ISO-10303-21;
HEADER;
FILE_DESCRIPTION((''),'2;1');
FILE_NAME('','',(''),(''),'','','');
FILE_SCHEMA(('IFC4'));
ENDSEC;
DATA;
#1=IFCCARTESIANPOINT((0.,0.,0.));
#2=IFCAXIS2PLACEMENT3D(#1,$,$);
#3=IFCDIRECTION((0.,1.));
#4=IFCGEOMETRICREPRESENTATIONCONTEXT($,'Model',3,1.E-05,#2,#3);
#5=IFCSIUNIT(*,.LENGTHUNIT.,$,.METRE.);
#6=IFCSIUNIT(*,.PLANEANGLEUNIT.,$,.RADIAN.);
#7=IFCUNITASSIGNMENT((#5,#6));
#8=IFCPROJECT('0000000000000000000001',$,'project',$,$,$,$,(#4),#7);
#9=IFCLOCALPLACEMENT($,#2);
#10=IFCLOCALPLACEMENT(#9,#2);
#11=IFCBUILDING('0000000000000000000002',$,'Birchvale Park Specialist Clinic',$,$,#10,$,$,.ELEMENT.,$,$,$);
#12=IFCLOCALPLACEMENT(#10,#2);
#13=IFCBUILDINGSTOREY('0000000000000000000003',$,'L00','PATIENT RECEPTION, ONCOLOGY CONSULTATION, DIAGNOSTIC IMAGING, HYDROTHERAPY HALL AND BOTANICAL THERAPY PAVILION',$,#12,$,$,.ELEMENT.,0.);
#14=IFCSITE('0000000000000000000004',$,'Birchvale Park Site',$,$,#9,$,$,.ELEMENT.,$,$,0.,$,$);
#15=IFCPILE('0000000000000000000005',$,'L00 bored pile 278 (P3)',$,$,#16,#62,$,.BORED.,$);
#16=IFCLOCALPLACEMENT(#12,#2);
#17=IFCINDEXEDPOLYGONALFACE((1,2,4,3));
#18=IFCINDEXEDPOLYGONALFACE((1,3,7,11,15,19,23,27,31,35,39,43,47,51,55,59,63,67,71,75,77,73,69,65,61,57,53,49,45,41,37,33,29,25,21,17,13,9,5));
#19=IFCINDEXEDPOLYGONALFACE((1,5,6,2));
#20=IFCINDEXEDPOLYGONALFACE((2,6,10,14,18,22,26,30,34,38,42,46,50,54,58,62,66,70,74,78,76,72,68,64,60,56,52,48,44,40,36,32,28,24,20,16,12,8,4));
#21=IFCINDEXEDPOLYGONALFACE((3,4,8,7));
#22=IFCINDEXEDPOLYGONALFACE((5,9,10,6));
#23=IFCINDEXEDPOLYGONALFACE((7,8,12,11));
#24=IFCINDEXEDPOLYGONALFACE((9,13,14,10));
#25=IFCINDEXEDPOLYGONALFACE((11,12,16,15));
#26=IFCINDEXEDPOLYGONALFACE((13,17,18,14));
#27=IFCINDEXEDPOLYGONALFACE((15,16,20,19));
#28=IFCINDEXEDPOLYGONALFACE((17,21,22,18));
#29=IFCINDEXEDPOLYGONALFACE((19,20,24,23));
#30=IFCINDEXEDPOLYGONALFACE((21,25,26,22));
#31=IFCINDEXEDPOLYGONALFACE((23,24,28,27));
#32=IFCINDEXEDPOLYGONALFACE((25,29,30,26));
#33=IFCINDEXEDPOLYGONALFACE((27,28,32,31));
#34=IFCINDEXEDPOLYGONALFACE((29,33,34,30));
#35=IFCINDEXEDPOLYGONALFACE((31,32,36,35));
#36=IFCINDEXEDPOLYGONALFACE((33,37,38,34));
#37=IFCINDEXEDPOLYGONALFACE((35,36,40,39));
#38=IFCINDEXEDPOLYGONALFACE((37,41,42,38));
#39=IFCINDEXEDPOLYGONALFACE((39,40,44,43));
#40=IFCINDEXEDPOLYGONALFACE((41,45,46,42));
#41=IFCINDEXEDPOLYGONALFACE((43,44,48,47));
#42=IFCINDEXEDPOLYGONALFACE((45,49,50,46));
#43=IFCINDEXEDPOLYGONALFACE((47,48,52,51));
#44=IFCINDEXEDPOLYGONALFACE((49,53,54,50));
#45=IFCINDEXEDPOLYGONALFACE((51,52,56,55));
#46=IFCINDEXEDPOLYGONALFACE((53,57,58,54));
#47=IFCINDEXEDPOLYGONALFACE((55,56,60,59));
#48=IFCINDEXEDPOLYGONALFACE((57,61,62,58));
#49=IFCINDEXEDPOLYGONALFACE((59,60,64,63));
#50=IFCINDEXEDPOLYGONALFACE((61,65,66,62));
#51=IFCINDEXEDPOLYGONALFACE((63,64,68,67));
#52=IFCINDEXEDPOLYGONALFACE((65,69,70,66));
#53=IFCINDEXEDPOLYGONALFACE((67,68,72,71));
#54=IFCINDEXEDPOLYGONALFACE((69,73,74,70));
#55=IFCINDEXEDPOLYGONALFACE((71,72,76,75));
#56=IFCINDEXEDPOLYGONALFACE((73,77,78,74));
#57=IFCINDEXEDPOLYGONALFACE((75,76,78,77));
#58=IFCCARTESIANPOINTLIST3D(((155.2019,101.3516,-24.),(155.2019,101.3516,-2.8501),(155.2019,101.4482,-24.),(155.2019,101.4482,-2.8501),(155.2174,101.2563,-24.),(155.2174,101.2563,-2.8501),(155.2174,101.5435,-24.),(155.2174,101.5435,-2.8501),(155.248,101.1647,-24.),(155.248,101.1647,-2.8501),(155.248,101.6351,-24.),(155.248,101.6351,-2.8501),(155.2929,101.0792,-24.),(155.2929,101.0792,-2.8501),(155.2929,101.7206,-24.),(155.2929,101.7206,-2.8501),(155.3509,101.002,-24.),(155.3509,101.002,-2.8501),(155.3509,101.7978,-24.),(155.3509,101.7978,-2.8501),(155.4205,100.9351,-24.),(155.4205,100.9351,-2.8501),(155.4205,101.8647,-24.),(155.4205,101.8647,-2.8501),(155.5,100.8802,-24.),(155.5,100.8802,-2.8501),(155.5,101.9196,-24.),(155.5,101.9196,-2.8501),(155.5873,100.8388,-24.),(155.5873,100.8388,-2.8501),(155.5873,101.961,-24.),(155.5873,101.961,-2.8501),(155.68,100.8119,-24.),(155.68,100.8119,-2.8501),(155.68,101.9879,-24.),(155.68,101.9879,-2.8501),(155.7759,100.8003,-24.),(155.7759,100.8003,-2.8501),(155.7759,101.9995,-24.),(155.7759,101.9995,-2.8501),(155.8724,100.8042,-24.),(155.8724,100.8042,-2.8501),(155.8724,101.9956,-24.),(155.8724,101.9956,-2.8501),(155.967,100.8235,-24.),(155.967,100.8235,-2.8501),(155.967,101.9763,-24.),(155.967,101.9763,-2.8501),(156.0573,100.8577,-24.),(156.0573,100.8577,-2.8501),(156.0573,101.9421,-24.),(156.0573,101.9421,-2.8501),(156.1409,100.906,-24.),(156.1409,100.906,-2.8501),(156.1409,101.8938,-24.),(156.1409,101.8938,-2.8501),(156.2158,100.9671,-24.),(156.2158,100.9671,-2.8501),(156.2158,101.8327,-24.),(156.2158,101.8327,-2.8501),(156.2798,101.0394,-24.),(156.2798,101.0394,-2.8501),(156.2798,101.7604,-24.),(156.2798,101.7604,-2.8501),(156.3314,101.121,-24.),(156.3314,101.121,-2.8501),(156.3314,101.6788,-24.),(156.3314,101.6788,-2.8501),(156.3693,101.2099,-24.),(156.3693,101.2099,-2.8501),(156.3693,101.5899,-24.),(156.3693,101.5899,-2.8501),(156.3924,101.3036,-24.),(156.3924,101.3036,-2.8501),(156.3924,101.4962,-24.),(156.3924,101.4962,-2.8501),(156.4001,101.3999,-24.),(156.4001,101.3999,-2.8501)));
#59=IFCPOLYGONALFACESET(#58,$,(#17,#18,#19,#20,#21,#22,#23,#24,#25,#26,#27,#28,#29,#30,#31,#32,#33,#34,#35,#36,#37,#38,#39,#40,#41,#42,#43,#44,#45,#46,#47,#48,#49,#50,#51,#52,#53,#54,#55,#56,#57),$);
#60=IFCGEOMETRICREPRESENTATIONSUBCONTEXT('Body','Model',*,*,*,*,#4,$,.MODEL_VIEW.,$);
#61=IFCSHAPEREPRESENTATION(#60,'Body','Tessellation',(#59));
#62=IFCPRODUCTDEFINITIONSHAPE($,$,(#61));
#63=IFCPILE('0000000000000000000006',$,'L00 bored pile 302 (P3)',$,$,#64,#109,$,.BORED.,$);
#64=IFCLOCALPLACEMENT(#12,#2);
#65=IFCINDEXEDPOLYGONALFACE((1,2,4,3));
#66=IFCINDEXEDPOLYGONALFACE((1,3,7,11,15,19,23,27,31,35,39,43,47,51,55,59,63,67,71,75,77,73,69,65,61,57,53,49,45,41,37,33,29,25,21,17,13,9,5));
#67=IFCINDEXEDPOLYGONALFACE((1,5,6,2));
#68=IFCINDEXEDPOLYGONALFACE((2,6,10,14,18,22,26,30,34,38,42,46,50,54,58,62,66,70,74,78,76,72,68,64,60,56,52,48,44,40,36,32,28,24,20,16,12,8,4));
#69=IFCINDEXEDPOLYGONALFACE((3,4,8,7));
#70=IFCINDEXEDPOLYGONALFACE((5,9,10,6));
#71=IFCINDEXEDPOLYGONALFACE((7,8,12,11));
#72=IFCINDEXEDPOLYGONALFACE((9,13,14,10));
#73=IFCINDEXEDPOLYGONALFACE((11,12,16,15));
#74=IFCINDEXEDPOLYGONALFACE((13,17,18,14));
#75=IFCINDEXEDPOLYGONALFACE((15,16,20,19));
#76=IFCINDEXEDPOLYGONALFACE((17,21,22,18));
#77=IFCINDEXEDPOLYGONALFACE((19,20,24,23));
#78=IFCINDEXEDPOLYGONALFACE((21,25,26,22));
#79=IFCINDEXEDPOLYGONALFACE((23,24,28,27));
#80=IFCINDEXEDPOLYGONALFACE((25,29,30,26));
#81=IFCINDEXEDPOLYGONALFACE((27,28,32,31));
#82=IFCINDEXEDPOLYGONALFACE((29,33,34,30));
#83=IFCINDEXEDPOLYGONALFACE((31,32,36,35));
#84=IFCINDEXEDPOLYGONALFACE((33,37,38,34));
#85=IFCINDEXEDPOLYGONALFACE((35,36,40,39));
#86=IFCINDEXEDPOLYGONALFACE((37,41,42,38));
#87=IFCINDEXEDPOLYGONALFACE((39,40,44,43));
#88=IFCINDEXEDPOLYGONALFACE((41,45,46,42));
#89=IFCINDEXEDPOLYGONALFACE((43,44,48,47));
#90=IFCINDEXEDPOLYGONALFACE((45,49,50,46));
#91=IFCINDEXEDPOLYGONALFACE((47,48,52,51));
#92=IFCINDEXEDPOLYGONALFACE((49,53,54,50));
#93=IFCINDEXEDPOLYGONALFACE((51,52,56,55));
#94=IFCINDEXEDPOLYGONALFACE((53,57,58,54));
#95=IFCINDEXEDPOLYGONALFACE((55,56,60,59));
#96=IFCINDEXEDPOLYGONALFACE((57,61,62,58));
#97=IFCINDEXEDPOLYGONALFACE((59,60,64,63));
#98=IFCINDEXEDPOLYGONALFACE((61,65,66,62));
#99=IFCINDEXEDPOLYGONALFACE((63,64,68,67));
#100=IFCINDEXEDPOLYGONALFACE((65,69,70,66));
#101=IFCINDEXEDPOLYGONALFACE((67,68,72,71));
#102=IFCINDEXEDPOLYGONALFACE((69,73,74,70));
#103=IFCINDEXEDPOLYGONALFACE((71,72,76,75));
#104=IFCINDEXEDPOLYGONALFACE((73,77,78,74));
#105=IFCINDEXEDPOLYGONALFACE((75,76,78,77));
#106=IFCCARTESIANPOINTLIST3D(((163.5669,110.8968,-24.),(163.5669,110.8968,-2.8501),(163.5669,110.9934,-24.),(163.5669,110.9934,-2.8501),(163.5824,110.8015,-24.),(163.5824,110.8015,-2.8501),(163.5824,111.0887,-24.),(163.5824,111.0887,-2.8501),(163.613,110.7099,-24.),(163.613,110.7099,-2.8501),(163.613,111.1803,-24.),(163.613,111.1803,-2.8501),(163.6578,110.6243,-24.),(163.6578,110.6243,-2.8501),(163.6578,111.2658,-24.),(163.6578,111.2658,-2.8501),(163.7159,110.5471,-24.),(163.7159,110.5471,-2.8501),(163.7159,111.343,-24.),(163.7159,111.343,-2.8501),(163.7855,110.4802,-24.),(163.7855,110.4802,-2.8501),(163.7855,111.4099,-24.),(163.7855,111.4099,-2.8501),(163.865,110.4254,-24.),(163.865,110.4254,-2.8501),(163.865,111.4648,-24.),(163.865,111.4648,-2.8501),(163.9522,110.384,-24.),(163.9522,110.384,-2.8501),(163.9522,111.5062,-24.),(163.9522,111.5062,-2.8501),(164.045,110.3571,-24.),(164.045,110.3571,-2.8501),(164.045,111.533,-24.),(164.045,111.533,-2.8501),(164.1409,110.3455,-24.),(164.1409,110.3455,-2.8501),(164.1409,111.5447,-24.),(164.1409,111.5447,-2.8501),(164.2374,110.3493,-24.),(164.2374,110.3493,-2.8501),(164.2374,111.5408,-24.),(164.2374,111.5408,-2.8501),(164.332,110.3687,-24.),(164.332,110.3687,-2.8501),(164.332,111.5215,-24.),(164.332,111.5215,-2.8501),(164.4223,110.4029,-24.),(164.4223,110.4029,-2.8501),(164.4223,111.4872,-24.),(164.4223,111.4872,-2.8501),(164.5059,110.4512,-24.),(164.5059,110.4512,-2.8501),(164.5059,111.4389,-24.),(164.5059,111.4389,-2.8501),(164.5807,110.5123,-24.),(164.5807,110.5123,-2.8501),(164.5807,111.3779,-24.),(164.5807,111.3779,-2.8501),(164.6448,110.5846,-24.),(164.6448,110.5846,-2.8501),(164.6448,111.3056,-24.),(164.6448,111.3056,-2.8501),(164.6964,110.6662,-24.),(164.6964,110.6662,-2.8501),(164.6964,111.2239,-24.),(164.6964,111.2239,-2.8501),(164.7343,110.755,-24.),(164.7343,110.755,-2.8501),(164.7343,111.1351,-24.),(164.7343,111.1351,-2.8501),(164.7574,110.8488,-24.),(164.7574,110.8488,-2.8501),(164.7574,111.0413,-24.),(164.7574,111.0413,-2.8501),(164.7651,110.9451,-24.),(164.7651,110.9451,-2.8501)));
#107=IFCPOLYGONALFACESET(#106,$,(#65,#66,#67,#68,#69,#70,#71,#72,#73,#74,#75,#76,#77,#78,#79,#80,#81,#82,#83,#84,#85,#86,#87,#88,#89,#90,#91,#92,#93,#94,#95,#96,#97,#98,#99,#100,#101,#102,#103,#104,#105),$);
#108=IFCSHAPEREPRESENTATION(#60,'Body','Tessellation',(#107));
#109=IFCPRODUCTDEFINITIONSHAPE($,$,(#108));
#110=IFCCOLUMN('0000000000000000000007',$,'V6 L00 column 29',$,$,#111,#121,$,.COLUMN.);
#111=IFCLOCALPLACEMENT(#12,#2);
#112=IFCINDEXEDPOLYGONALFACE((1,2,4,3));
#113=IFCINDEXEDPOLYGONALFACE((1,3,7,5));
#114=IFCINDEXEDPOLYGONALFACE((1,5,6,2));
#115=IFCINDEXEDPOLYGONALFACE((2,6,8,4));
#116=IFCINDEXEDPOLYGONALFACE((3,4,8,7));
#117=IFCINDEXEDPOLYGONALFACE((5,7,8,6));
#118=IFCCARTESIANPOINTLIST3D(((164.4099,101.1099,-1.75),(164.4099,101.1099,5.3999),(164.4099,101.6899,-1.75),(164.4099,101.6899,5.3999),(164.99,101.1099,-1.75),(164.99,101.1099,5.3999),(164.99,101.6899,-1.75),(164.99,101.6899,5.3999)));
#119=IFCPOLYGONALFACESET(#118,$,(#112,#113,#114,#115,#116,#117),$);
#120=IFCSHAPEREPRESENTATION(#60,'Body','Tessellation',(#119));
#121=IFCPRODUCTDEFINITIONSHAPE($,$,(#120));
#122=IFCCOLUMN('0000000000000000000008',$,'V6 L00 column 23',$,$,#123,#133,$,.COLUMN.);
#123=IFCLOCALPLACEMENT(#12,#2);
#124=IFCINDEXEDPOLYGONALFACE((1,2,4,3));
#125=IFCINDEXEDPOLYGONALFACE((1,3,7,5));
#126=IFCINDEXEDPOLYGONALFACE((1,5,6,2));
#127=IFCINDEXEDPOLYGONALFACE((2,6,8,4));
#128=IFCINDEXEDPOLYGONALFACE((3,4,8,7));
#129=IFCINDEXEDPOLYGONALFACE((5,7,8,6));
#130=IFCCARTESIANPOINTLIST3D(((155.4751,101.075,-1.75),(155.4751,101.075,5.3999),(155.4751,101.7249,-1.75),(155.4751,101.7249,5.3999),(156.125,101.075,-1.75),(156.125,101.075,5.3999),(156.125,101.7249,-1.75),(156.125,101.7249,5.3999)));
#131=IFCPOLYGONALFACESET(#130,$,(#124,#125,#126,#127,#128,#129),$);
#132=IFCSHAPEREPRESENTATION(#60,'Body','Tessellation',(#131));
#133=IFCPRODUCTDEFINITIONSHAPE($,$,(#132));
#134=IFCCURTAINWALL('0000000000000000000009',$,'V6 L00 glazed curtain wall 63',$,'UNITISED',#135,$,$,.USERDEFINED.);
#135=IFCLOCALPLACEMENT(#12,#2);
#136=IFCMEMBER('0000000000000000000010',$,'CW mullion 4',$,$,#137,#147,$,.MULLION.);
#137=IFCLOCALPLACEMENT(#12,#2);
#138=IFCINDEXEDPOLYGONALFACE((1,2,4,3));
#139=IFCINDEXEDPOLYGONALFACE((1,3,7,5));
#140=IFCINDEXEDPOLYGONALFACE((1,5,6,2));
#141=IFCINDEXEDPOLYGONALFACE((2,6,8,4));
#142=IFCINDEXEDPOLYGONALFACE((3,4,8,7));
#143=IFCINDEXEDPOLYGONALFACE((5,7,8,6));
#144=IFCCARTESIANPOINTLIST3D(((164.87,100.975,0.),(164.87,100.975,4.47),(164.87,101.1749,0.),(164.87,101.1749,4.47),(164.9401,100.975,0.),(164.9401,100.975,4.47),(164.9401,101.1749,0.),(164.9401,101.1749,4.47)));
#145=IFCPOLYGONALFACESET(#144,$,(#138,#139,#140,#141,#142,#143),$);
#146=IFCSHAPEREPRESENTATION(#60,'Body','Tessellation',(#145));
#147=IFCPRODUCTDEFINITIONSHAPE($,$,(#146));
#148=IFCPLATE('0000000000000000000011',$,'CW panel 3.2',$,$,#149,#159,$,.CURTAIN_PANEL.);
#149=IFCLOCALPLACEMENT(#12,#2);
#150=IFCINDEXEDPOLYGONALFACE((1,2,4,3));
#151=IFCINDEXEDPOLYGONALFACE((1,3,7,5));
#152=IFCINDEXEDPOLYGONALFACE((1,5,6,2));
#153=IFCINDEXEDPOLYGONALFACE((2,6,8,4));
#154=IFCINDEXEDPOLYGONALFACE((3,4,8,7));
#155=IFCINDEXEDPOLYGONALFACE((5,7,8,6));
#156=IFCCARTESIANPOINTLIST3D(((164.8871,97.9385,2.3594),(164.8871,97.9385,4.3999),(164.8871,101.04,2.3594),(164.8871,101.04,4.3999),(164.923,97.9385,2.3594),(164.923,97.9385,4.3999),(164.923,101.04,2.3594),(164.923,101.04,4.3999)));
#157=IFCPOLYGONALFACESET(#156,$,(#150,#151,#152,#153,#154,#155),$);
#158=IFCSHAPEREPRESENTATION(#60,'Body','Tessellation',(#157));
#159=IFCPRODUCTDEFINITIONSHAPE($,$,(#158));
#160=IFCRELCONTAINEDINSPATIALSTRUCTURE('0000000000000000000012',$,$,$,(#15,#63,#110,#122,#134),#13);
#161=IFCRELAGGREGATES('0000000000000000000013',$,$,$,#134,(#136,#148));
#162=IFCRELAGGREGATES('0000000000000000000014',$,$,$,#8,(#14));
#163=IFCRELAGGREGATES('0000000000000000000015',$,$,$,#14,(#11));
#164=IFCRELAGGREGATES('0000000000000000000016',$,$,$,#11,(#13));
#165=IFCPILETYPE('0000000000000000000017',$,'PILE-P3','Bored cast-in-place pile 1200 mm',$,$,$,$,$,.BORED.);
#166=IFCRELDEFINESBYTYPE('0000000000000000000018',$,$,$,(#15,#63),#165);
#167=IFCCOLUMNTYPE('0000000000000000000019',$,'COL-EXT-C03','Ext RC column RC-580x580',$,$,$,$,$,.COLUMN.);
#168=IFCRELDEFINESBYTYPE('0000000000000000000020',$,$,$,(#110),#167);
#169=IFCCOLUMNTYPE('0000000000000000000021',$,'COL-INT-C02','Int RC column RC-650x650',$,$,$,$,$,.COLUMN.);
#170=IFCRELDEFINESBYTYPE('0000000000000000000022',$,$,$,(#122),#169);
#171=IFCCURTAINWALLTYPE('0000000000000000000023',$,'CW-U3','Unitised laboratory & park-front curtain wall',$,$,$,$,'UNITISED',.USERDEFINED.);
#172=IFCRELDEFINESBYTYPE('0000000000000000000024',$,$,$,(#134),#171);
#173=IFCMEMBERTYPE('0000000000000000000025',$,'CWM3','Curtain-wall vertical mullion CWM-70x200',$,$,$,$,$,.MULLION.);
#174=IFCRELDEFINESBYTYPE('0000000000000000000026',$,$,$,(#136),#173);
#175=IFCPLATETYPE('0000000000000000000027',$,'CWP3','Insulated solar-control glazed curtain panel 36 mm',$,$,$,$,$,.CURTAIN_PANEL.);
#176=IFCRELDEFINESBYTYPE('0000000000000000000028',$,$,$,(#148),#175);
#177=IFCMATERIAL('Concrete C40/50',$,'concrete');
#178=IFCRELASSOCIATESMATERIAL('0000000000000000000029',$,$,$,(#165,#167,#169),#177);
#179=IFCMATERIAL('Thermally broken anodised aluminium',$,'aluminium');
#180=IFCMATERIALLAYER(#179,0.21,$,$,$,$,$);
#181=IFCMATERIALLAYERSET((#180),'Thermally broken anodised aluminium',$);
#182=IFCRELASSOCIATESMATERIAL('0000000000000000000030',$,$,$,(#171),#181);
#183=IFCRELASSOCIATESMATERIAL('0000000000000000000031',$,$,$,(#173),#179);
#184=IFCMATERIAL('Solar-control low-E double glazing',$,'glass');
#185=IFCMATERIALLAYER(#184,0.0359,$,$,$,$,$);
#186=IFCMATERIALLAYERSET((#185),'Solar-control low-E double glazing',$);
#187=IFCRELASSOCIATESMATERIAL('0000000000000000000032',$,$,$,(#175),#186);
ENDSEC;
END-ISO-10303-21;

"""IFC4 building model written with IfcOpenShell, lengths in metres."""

from ifc_helpers import new_model, si_unit, direction, frame, origin, origin_2d, place, context, subcontext, project, spatial, rectangle, circle, extrude, material, layer, layer_set, material_profile, profile_set, type_object, element, aggregate, save


model = new_model("IFC4")

# Units and contexts
model_context = context("Model", 3, precision=1e-05, world=origin(), true_north=direction((0.0, 1.0)))
body_context = subcontext(model_context, "Body", "Model", "MODEL_VIEW")
ifc_project = project(units=[si_unit("LENGTHUNIT", "METRE"), si_unit("PLANEANGLEUNIT", "RADIAN")], contexts=[model_context])

# Site, building, storey
site_placement = place(None, origin())
site = spatial("IfcSite", under=ifc_project, at=site_placement, Name="Birchvale Park Site", CompositionType="ELEMENT", RefElevation=0.0)
building_placement = place(site_placement, origin())
building = spatial("IfcBuilding", under=site, at=building_placement, Name="Birchvale Park Specialist Clinic", CompositionType="ELEMENT")
storey_placement = place(building_placement, origin())
storey = spatial("IfcBuildingStorey", under=building, at=storey_placement, Name="L00", Description="PATIENT RECEPTION, ONCOLOGY CONSULTATION, DIAGNOSTIC IMAGING, HYDROTHERAPY HALL AND BOTANICAL THERAPY PAVILION", CompositionType="ELEMENT", Elevation=0.0)

# Shared definitions
ifc_material_1 = material(Name="Concrete C40/50", Category="concrete")

# Piles
ifc_material_profile_1 = material_profile(ifc_material_1, circle(Radius=0.6001, at=origin_2d()), Name="PILE-1200")
ifc_profile_set_1 = profile_set([ifc_material_profile_1], Name="Concrete C40/50")
pile_type_1 = type_object("IfcPileType", Name="PILE-P3", Description="Bored cast-in-place pile 1200 mm", PredefinedType="BORED", material=ifc_profile_set_1)
for number, where, z_axis, x_axis, name in (
    (1, (155.8, 101.3999, -2.8501), (0.0, 0.0, -1.0), (1.0, 0.0, 0.0), "L00 bored pile 278 (P3)"),
    (2, (164.165, 110.9451, -2.8501), (0.0, 0.0, -1.0), (1.0, 0.0, 0.0), "L00 bored pile 302 (P3)"),
):
    element("IfcPile", number, at=place(storey_placement, frame(where, z_axis=z_axis, x_axis=x_axis)), inside=storey, type_object=pile_type_1, Name=name, PredefinedType="BORED", context=body_context, shape_type="SweptSolid", body=[
        extrude(circle(Radius=0.6001, at=origin_2d()), origin(), (0.0, 0.0, 1.0), 21.1499),
    ])

# Columns
ifc_material_profile_2 = material_profile(ifc_material_1, rectangle(XDim=0.5801, YDim=0.5801, at=origin_2d()), Name="RC-580x580")
ifc_profile_set_2 = profile_set([ifc_material_profile_2], Name="Concrete C40/50")
column_type_1 = type_object("IfcColumnType", Name="COL-EXT-C03", Description="Ext RC column RC-580x580", PredefinedType="COLUMN", material=ifc_profile_set_2)
column_1_placement = place(storey_placement, frame((164.7, 101.3999, -1.75), z_axis=(0.0, 0.0, 1.0), x_axis=(1.0, 0.0, 0.0)))
element("IfcColumn", 3, at=column_1_placement, inside=storey, type_object=column_type_1, Name="V6 L00 column 29", PredefinedType="COLUMN", context=body_context, shape_type="SweptSolid", body=[
    extrude(rectangle(XDim=0.5801, YDim=0.5801, at=origin_2d()), origin(), (0.0, 0.0, 1.0), 7.1499),
])
ifc_material_profile_3 = material_profile(ifc_material_1, rectangle(XDim=0.6499, YDim=0.6499, at=origin_2d()), Name="RC-650x650")
ifc_profile_set_3 = profile_set([ifc_material_profile_3], Name="Concrete C40/50")
column_type_2 = type_object("IfcColumnType", Name="COL-INT-C02", Description="Int RC column RC-650x650", PredefinedType="COLUMN", material=ifc_profile_set_3)
column_2_placement = place(storey_placement, frame((155.8, 101.3999, -1.75), z_axis=(0.0, 0.0, 1.0), x_axis=(1.0, 0.0, 0.0)))
element("IfcColumn", 4, at=column_2_placement, inside=storey, type_object=column_type_2, Name="V6 L00 column 23", PredefinedType="COLUMN", context=body_context, shape_type="SweptSolid", body=[
    extrude(rectangle(XDim=0.6499, YDim=0.6499, at=origin_2d()), origin(), (0.0, 0.0, 1.0), 7.1499),
])

# Curtain wall, member, plate
ifc_material_2 = material(Name="Thermally broken anodised aluminium", Category="aluminium")
ifc_layer_1 = layer(ifc_material_2, 0.21)
ifc_layer_set_1 = layer_set([ifc_layer_1], Name="Thermally broken anodised aluminium")
curtain_wall_type = type_object("IfcCurtainWallType", Name="CW-U3", Description="Unitised laboratory & park-front curtain wall", ElementType="UNITISED", PredefinedType="USERDEFINED", material=ifc_layer_set_1)
curtain_wall_placement = place(storey_placement, origin())
curtain_wall = element("IfcCurtainWall", 5, at=curtain_wall_placement, inside=storey, type_object=curtain_wall_type, Name="V6 L00 glazed curtain wall 63", ObjectType="UNITISED", PredefinedType="USERDEFINED")
ifc_material_profile_4 = material_profile(ifc_material_2, rectangle(XDim=0.0701, YDim=0.2, at=origin_2d()), Name="CWM-70x200")
ifc_profile_set_4 = profile_set([ifc_material_profile_4], Name="Thermally broken anodised aluminium")
member_type = type_object("IfcMemberType", Name="CWM3", Description="Curtain-wall vertical mullion CWM-70x200", PredefinedType="MULLION", material=ifc_profile_set_4)
member_placement = place(storey_placement, frame((164.905, 101.075, 0.0), z_axis=(0.0, 0.0, 1.0), x_axis=(-1.0, 0.0, 0.0)))
member = element("IfcMember", 6, at=member_placement, type_object=member_type, Name="CW mullion 4", PredefinedType="MULLION", context=body_context, shape_type="SweptSolid", body=[
    extrude(rectangle(XDim=0.0701, YDim=0.2, at=origin_2d()), origin(), (0.0, 0.0, 1.0), 4.47),
])
ifc_material_3 = material(Name="Solar-control low-E double glazing", Category="glass")
ifc_layer_2 = layer(ifc_material_3, 0.0359)
ifc_layer_set_2 = layer_set([ifc_layer_2], Name="Solar-control low-E double glazing")
plate_type = type_object("IfcPlateType", Name="CWP3", Description="Insulated solar-control glazed curtain panel 36 mm", PredefinedType="CURTAIN_PANEL", material=ifc_layer_set_2)
plate_placement = place(storey_placement, frame((164.905, 99.4893, 2.3594), z_axis=(0.0, 0.0, 1.0), x_axis=(0.0, 1.0, 0.0)))
plate = element("IfcPlate", 7, at=plate_placement, type_object=plate_type, Name="CW panel 3.2", PredefinedType="CURTAIN_PANEL", context=body_context, shape_type="SweptSolid", body=[
    extrude(rectangle(XDim=3.1016, YDim=0.0359, at=origin_2d()), origin(), (0.0, 0.0, 1.0), 2.0405),
])
aggregate(curtain_wall, [member, plate])

save(model, "model.ifc")
